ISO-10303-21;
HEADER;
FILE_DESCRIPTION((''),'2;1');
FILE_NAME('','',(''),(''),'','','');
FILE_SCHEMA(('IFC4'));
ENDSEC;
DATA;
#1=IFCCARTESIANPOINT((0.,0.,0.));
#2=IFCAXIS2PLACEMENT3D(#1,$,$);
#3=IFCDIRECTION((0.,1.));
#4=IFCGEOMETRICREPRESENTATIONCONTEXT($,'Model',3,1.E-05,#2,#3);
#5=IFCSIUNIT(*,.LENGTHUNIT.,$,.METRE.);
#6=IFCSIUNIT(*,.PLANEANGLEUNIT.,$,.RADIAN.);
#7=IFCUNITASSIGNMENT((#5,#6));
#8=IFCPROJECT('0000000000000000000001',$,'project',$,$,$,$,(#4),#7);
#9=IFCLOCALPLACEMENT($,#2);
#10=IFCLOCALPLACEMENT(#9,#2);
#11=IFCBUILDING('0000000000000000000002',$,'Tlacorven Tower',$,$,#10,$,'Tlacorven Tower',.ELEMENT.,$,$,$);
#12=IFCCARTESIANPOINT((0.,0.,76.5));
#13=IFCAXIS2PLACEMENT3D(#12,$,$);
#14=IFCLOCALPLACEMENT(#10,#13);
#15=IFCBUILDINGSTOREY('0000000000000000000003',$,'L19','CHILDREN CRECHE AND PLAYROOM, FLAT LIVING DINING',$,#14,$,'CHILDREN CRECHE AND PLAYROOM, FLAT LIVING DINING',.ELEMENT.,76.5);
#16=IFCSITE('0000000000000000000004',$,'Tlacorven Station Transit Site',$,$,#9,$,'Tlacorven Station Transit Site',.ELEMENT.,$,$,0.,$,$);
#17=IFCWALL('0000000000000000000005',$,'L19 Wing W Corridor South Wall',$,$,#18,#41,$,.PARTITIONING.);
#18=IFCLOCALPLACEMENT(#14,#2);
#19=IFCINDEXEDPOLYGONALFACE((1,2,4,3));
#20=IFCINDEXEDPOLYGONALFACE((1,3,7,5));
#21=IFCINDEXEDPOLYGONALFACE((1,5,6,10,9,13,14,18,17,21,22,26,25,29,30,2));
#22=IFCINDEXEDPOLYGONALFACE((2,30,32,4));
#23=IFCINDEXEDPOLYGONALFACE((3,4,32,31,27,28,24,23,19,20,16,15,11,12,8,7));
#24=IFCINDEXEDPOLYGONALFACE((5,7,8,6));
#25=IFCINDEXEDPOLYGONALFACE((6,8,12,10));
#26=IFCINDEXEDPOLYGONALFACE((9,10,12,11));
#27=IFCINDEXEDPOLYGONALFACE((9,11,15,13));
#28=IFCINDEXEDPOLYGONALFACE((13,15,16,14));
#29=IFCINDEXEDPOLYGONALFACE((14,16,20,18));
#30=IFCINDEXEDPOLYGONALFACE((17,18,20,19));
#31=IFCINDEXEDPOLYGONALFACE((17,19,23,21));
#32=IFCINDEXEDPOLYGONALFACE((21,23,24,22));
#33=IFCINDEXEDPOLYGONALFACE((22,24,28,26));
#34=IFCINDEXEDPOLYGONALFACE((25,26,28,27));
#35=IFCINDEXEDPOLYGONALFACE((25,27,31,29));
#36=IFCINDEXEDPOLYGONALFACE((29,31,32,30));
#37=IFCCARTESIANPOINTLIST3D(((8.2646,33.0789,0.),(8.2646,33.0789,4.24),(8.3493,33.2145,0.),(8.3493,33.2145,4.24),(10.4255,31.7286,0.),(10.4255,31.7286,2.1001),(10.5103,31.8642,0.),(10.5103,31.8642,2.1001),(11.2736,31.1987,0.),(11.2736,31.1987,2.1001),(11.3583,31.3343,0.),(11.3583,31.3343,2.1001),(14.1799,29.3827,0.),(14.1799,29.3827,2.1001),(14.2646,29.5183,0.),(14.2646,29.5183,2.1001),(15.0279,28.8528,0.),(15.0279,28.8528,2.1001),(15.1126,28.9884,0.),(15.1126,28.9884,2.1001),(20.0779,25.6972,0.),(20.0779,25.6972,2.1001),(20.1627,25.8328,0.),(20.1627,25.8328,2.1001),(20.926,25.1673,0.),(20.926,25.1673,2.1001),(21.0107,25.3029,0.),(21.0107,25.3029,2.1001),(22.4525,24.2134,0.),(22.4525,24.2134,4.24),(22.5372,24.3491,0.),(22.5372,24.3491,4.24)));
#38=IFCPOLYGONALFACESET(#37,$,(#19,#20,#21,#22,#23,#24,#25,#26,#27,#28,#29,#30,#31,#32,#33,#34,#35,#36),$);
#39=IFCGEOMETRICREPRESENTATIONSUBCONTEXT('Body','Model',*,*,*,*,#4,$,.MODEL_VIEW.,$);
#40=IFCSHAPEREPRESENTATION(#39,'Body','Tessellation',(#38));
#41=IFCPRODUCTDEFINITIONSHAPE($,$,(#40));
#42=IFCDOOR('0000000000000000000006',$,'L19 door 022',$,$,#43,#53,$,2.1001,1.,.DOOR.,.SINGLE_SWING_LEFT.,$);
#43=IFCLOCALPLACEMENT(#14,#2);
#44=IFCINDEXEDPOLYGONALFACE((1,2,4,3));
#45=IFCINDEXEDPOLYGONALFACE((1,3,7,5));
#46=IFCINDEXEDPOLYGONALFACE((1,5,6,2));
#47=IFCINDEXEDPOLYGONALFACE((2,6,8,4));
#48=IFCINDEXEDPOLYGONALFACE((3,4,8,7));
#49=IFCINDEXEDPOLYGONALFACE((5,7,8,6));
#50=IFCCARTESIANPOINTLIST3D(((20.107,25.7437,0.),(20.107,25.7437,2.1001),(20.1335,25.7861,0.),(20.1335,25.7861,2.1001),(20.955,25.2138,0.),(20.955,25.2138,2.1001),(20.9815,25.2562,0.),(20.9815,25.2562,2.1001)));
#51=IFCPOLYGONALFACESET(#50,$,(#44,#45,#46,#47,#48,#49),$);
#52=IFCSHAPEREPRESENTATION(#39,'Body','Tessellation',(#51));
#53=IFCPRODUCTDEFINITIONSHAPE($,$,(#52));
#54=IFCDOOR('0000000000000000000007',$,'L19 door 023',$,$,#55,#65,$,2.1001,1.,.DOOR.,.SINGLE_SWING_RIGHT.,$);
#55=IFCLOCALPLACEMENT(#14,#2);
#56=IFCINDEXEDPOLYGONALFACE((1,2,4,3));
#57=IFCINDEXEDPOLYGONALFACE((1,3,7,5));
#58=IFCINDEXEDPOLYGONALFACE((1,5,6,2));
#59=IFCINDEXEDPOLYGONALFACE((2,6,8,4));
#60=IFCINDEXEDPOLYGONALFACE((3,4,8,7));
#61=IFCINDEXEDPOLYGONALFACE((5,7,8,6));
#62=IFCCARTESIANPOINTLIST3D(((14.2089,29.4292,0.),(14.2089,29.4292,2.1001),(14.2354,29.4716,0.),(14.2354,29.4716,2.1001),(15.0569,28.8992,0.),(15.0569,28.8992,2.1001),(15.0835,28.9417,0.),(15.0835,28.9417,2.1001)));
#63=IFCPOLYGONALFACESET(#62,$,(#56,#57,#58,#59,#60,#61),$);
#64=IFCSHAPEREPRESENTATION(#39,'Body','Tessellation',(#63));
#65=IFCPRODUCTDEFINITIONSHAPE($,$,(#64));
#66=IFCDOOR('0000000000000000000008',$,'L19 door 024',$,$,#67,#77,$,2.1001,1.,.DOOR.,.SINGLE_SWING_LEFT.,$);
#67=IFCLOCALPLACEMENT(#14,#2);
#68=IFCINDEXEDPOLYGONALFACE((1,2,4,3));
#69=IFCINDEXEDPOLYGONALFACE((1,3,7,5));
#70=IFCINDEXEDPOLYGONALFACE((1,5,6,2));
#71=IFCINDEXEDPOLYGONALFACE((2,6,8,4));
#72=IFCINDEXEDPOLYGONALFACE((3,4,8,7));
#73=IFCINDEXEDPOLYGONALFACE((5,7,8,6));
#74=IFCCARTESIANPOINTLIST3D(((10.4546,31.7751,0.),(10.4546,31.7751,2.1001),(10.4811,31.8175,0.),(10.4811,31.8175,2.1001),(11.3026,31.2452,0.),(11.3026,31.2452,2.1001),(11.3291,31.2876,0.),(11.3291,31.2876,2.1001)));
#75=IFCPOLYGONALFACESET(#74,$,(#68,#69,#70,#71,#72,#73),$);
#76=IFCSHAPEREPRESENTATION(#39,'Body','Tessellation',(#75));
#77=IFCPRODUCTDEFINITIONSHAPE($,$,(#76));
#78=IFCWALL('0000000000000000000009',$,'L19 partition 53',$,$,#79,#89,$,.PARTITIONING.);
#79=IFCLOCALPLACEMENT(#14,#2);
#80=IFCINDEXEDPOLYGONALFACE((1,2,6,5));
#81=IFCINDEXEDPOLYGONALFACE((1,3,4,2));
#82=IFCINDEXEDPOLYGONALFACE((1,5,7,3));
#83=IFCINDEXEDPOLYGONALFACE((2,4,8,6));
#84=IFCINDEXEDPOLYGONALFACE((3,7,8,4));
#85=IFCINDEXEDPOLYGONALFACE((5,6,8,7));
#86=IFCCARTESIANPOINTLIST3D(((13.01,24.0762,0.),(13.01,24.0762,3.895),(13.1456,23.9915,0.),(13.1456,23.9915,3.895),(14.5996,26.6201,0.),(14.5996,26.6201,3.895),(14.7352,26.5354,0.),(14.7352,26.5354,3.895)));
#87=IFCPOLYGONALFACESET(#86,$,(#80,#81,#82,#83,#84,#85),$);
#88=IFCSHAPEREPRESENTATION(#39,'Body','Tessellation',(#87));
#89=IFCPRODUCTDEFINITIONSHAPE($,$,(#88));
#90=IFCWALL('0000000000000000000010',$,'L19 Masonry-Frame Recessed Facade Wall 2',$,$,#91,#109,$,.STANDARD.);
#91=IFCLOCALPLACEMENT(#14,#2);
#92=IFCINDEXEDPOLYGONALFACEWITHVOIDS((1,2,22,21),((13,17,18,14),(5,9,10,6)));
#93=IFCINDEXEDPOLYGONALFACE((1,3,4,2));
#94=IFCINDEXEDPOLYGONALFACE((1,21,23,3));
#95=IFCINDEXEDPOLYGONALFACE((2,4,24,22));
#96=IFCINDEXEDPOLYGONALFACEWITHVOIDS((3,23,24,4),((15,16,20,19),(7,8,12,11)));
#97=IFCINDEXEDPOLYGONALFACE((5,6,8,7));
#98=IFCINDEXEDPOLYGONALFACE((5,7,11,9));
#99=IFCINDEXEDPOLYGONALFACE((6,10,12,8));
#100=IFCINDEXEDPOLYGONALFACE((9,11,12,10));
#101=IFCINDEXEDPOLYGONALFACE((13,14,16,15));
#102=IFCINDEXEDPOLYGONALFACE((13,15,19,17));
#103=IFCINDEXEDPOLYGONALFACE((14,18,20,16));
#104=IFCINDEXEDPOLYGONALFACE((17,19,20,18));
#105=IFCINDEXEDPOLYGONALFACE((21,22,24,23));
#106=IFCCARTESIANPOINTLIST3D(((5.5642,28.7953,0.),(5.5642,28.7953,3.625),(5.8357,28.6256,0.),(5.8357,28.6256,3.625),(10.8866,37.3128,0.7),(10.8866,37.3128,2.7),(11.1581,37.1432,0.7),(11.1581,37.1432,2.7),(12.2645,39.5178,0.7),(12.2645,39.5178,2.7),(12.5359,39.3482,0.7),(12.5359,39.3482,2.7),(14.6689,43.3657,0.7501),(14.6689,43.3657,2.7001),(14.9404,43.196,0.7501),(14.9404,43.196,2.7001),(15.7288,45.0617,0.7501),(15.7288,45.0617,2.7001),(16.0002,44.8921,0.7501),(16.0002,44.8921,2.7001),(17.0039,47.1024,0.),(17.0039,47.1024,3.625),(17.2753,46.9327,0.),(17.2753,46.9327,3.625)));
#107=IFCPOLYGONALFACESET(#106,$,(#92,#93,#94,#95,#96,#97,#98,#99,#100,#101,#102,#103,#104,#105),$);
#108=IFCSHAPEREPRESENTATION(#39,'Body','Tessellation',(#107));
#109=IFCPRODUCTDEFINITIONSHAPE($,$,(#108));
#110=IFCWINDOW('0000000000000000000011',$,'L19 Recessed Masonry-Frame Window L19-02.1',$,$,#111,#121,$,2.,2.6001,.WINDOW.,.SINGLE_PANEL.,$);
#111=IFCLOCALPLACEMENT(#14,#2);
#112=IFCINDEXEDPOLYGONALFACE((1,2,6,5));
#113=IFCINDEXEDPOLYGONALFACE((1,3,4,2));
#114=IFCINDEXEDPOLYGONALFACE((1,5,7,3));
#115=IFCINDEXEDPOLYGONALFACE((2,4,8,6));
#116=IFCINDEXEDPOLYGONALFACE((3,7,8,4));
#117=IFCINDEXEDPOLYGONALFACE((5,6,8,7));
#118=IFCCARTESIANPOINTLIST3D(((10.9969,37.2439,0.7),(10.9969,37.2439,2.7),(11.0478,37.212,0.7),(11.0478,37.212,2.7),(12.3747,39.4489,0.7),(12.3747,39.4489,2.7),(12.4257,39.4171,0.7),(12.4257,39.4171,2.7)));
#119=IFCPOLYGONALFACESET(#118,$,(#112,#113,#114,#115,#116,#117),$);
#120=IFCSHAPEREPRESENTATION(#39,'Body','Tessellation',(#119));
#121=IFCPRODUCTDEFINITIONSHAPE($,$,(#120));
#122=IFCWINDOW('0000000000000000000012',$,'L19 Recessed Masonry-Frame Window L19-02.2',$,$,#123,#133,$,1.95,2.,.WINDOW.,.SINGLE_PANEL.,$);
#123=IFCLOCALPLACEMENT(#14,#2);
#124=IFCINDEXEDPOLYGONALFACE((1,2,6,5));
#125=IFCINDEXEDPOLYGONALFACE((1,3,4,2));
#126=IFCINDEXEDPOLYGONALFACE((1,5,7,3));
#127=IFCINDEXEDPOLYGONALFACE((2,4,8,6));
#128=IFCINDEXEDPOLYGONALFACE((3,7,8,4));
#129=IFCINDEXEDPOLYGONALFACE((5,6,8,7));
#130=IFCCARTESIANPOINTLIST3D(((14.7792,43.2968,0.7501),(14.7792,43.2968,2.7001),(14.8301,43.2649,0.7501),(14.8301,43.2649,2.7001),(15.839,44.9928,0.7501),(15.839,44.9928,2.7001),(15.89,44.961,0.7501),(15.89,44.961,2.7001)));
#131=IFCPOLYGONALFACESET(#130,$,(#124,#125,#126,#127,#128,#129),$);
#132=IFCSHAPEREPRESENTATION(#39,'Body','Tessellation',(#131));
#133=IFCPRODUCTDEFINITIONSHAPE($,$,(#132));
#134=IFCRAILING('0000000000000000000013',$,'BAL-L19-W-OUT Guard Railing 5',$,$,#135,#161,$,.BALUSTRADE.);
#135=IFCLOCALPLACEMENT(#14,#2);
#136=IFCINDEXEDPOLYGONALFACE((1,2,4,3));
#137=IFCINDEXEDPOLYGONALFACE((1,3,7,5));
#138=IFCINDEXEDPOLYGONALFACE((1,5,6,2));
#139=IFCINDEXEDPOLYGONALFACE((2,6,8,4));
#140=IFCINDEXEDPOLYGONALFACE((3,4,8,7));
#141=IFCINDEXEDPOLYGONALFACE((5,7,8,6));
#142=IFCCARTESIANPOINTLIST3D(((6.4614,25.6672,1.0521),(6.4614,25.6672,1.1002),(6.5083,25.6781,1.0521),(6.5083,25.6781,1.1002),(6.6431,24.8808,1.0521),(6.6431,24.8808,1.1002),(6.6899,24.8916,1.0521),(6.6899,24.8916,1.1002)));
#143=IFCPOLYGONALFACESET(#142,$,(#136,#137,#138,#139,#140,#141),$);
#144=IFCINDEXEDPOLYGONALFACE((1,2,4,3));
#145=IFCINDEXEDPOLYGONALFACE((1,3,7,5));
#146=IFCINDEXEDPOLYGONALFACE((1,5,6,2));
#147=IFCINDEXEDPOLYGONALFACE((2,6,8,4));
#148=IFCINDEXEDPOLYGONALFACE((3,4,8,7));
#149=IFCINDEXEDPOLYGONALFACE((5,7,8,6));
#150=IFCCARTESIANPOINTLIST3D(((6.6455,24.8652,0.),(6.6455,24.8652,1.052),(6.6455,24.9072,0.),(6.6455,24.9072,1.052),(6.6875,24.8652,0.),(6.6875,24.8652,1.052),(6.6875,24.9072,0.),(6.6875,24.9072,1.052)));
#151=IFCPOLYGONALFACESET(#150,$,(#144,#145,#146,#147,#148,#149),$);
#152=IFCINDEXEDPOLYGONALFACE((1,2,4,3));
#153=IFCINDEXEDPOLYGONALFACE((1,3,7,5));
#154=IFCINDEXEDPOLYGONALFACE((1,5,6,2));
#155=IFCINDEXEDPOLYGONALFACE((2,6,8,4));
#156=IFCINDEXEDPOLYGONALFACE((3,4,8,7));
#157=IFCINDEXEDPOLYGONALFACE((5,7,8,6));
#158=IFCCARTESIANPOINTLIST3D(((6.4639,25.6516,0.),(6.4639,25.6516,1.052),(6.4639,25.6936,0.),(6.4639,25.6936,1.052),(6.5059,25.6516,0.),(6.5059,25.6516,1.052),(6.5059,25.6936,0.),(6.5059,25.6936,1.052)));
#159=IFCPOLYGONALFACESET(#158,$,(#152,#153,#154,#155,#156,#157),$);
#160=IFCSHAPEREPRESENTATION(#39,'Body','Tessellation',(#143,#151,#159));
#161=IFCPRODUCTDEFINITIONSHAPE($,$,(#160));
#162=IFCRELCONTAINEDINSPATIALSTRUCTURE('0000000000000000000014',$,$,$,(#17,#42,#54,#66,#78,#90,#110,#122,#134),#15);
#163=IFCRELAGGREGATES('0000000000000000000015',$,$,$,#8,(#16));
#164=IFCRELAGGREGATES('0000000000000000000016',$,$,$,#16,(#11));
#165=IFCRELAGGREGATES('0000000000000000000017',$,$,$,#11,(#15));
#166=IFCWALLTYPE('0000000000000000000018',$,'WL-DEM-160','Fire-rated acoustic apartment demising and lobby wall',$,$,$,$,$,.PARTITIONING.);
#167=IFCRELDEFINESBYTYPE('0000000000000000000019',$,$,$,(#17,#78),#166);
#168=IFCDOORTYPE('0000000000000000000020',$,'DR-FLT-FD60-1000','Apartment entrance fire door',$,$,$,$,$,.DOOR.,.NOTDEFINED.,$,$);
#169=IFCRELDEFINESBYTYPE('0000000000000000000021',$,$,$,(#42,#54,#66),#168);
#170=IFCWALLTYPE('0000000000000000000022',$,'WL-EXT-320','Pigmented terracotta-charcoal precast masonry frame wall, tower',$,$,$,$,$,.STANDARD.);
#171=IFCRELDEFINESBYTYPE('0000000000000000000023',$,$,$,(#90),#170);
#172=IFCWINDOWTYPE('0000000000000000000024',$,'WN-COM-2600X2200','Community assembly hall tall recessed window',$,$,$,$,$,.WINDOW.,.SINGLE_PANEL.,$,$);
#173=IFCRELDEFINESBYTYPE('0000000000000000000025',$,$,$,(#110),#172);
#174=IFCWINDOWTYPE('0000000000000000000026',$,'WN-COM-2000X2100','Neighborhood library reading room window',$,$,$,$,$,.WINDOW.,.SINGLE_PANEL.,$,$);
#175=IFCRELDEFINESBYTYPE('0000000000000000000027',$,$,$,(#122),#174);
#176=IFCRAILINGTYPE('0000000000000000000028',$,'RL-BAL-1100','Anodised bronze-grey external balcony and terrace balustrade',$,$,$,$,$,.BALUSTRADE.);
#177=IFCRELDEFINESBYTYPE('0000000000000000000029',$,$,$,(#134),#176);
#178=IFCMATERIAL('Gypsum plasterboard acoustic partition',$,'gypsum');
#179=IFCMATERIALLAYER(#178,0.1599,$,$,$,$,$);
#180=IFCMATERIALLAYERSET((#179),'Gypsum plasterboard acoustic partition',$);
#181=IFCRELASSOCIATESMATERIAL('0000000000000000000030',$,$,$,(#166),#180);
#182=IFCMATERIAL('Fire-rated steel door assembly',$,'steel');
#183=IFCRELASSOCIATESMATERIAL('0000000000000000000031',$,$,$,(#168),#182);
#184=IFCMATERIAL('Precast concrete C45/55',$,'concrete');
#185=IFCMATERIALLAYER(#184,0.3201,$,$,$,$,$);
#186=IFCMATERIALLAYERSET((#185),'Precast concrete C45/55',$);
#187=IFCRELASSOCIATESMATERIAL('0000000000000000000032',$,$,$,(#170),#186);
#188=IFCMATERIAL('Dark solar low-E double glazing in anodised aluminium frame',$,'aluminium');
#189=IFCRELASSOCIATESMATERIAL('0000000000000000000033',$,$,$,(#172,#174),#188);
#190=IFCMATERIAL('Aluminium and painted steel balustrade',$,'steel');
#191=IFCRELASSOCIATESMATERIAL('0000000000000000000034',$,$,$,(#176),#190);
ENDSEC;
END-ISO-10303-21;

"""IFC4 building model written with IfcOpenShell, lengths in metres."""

from ifc_helpers import new_model, si_unit, direction, frame, frame_2d, origin, origin_2d, place, context, subcontext, project, spatial, rectangle, extrude, source, transform, mapped, material, layer, layer_set, type_object, element, fill, save


model = new_model("IFC4")

# Units and contexts
model_context = context("Model", 3, precision=1e-05, world=origin(), true_north=direction((0.0, 1.0)))
body_context = subcontext(model_context, "Body", "Model", "MODEL_VIEW")
ifc_project = project(units=[si_unit("LENGTHUNIT", "METRE"), si_unit("PLANEANGLEUNIT", "RADIAN")], contexts=[model_context])

# Site, building, storey
site_placement = place(None, origin())
site = spatial("IfcSite", under=ifc_project, at=site_placement, Name="Tlacorven Station Transit Site", LongName="Tlacorven Station Transit Site", CompositionType="ELEMENT", RefElevation=0.0)
building_placement = place(site_placement, origin())
building = spatial("IfcBuilding", under=site, at=building_placement, Name="Tlacorven Tower", LongName="Tlacorven Tower", CompositionType="ELEMENT")
storey_placement = place(building_placement, frame((0.0, 0.0, 76.5)))
storey = spatial("IfcBuildingStorey", under=building, at=storey_placement, Name="L19", Description="CHILDREN CRECHE AND PLAYROOM, FLAT LIVING DINING", LongName="CHILDREN CRECHE AND PLAYROOM, FLAT LIVING DINING", CompositionType="ELEMENT", Elevation=76.5)

# Wall, openings, doors
ifc_material_1 = material(Name="Gypsum plasterboard acoustic partition", Category="gypsum")
ifc_layer_1 = layer(ifc_material_1, 0.1599)
ifc_layer_set_1 = layer_set([ifc_layer_1], Name="Gypsum plasterboard acoustic partition")
wall_type_1 = type_object("IfcWallType", Name="WL-DEM-160", Description="Fire-rated acoustic apartment demising and lobby wall", PredefinedType="PARTITIONING", material=ifc_layer_set_1)
wall_1_placement = place(storey_placement, frame((22.4949, 24.2812, 0.0), z_axis=(0.0, 0.0, 1.0), x_axis=(-0.848052, 0.529912, 0.0)))
wall_1 = element("IfcWall", 1, at=wall_1_placement, inside=storey, type_object=wall_type_1, Name="L19 Wing W Corridor South Wall", PredefinedType="PARTITIONING", context=body_context, shape_type="SweptSolid", body=[
    extrude(rectangle(XDim=16.73, YDim=0.1599, at=frame_2d((8.365, 0.0))), origin(), (0.0, 0.0, 1.0), 4.24),
])
opening_1_placement = place(wall_1_placement, frame((1.8, 0.0, 0.0)))
opening_1 = element("IfcOpeningElement", 2, at=opening_1_placement, cuts=wall_1, PredefinedType="OPENING", context=body_context, shape_type="SweptSolid", body=[
    extrude(rectangle(XDim=1.0, YDim=2.1001, at=frame_2d((0.5, 1.05))), frame((0.0, 0.0898, 0.0), z_axis=(0.0, -1.0, 0.0), x_axis=(1.0, 0.0, 0.0)), (0.0, 0.0, 1.0), 0.1799),
])
opening_2_placement = place(wall_1_placement, frame((8.7549, 0.0, 0.0)))
opening_2 = element("IfcOpeningElement", 3, at=opening_2_placement, cuts=wall_1, PredefinedType="OPENING", context=body_context, shape_type="SweptSolid", body=[
    extrude(rectangle(XDim=1.0, YDim=2.1001, at=frame_2d((0.5, 1.05))), frame((0.0, 0.0898, 0.0), z_axis=(0.0, -1.0, 0.0), x_axis=(1.0, 0.0, 0.0)), (0.0, 0.0, 1.0), 0.1799),
])
opening_3_placement = place(wall_1_placement, frame((13.1819, 0.0, 0.0)))
opening_3 = element("IfcOpeningElement", 4, at=opening_3_placement, cuts=wall_1, PredefinedType="OPENING", context=body_context, shape_type="SweptSolid", body=[
    extrude(rectangle(XDim=1.0, YDim=2.1001, at=frame_2d((0.5, 1.05))), frame((0.0, 0.0898, 0.0), z_axis=(0.0, -1.0, 0.0), x_axis=(1.0, 0.0, 0.0)), (0.0, 0.0, 1.0), 0.1799),
])
ifc_material_2 = material(Name="Fire-rated steel door assembly", Category="steel")
door_type = type_object("IfcDoorType", Name="DR-FLT-FD60-1000", Description="Apartment entrance fire door", OperationType="NOTDEFINED", PredefinedType="DOOR", material=ifc_material_2)
shared_shape_1 = source(origin(), body_context, "Body", "SweptSolid", [
    extrude(rectangle(XDim=1.0, YDim=2.1001, at=frame_2d((0.5, 1.05))), frame((0.0, 0.0249, 0.0), z_axis=(0.0, -1.0, 0.0), x_axis=(1.0, 0.0, 0.0)), (0.0, 0.0, 1.0), 0.05),
])
door_1_placement = place(opening_1_placement, frame((1.0, 0.0, 0.0), z_axis=(0.0, 0.0, 1.0), x_axis=(-1.0, 0.0, 0.0)))
door_1 = element("IfcDoor", 5, at=door_1_placement, inside=storey, type_object=door_type, Name="L19 door 022", OperationType="SINGLE_SWING_LEFT", OverallHeight=2.1001, OverallWidth=1.0, PredefinedType="DOOR", context=body_context, shape_type="MappedRepresentation", body=[
    mapped(shared_shape_1, transform((0.0, 0.0, 0.0), scale=1.0)),
])
fill(opening_1, door_1)
door_2_placement = place(opening_2_placement, frame((1.0, 0.0, 0.0), z_axis=(0.0, 0.0, 1.0), x_axis=(-1.0, 0.0, 0.0)))
door_2 = element("IfcDoor", 6, at=door_2_placement, inside=storey, type_object=door_type, Name="L19 door 023", OperationType="SINGLE_SWING_RIGHT", OverallHeight=2.1001, OverallWidth=1.0, PredefinedType="DOOR", context=body_context, shape_type="MappedRepresentation", body=[
    mapped(shared_shape_1, transform((0.0, 0.0, 0.0), scale=1.0)),
])
fill(opening_2, door_2)
door_3_placement = place(opening_3_placement, frame((1.0, 0.0, 0.0), z_axis=(0.0, 0.0, 1.0), x_axis=(-1.0, 0.0, 0.0)))
door_3 = element("IfcDoor", 7, at=door_3_placement, inside=storey, type_object=door_type, Name="L19 door 024", OperationType="SINGLE_SWING_LEFT", OverallHeight=2.1001, OverallWidth=1.0, PredefinedType="DOOR", context=body_context, shape_type="MappedRepresentation", body=[
    mapped(shared_shape_1, transform((0.0, 0.0, 0.0), scale=1.0)),
])
fill(opening_3, door_3)

# Wall
wall_2_placement = place(storey_placement, frame((14.6675, 26.5779, 0.0), z_axis=(0.0, 0.0, 1.0), x_axis=(-0.529911, -0.848053, 0.0)))
element("IfcWall", 8, at=wall_2_placement, inside=storey, type_object=wall_type_1, Name="L19 partition 53", PredefinedType="PARTITIONING", context=body_context, shape_type="SweptSolid", body=[
    extrude(rectangle(XDim=2.9998, YDim=0.1599, at=frame_2d((1.5, 0.0))), origin(), (0.0, 0.0, 1.0), 3.895),
])

# Wall, openings, windows
ifc_material_3 = material(Name="Precast concrete C45/55", Category="concrete")
ifc_layer_2 = layer(ifc_material_3, 0.3201)
ifc_layer_set_2 = layer_set([ifc_layer_2], Name="Precast concrete C45/55")
wall_type_2 = type_object("IfcWallType", Name="WL-EXT-320", Description="Pigmented terracotta-charcoal precast masonry frame wall, tower", PredefinedType="STANDARD", material=ifc_layer_set_2)
wall_3_placement = place(storey_placement, frame((5.7, 28.7104, 0.0), z_axis=(0.0, 0.0, 1.0), x_axis=(0.529924, 0.848045, 0.0)))
wall_3 = element("IfcWall", 9, at=wall_3_placement, inside=storey, type_object=wall_type_2, Name="L19 Masonry-Frame Recessed Facade Wall 2", PredefinedType="STANDARD", context=body_context, shape_type="SweptSolid", body=[
    extrude(rectangle(XDim=21.5874, YDim=0.3201, at=frame_2d((10.7937, 0.0))), origin(), (0.0, 0.0, 1.0), 3.625),
])
opening_4_placement = place(wall_3_placement, frame((10.0437, 0.0, 0.7)))
opening_4 = element("IfcOpeningElement", 10, at=opening_4_placement, cuts=wall_3, PredefinedType="OPENING", context=body_context, shape_type="SweptSolid", body=[
    extrude(rectangle(XDim=2.6001, YDim=2.0, at=frame_2d((1.3, 1.0))), frame((0.0, 0.1699, 0.0), z_axis=(0.0, -1.0, 0.0), x_axis=(1.0, 0.0, 0.0)), (0.0, 0.0, 1.0), 0.3401),
])
opening_5_placement = place(wall_3_placement, frame((17.1812, 0.0, 0.75)))
opening_5 = element("IfcOpeningElement", 11, at=opening_5_placement, cuts=wall_3, PredefinedType="OPENING", context=body_context, shape_type="SweptSolid", body=[
    extrude(rectangle(XDim=2.0, YDim=1.95, at=frame_2d((1.0, 0.9751))), frame((0.0, 0.1699, 0.0), z_axis=(0.0, -1.0, 0.0), x_axis=(1.0, 0.0, 0.0)), (0.0, 0.0, 1.0), 0.3401),
])
ifc_material_4 = material(Name="Dark solar low-E double glazing in anodised aluminium frame", Category="aluminium")
window_type_1 = type_object("IfcWindowType", Name="WN-COM-2600X2200", Description="Community assembly hall tall recessed window", PartitioningType="SINGLE_PANEL", PredefinedType="WINDOW", material=ifc_material_4)
shared_shape_2 = source(origin(), body_context, "Body", "SweptSolid", [
    extrude(rectangle(XDim=2.6001, YDim=2.0, at=frame_2d((1.3, 1.0))), frame((0.0, 0.03, 0.0), z_axis=(0.0, -1.0, 0.0), x_axis=(1.0, 0.0, 0.0)), (0.0, 0.0, 1.0), 0.0601),
])
window_1_placement = place(opening_4_placement, origin())
window_1 = element("IfcWindow", 12, at=window_1_placement, inside=storey, type_object=window_type_1, Name="L19 Recessed Masonry-Frame Window L19-02.1", OverallHeight=2.0, OverallWidth=2.6001, PartitioningType="SINGLE_PANEL", PredefinedType="WINDOW", context=body_context, shape_type="MappedRepresentation", body=[
    mapped(shared_shape_2, transform((0.0, 0.0, 0.0), scale=1.0)),
])
fill(opening_4, window_1)
window_type_2 = type_object("IfcWindowType", Name="WN-COM-2000X2100", Description="Neighborhood library reading room window", PartitioningType="SINGLE_PANEL", PredefinedType="WINDOW", material=ifc_material_4)
shared_shape_3 = source(origin(), body_context, "Body", "SweptSolid", [
    extrude(rectangle(XDim=2.0, YDim=1.95, at=frame_2d((1.0, 0.9751))), frame((0.0, 0.03, 0.0), z_axis=(0.0, -1.0, 0.0), x_axis=(1.0, 0.0, 0.0)), (0.0, 0.0, 1.0), 0.0601),
])
window_2_placement = place(opening_5_placement, origin())
window_2 = element("IfcWindow", 13, at=window_2_placement, inside=storey, type_object=window_type_2, Name="L19 Recessed Masonry-Frame Window L19-02.2", OverallHeight=1.95, OverallWidth=2.0, PartitioningType="SINGLE_PANEL", PredefinedType="WINDOW", context=body_context, shape_type="MappedRepresentation", body=[
    mapped(shared_shape_3, transform((0.0, 0.0, 0.0), scale=1.0)),
])
fill(opening_5, window_2)

# Railing
ifc_material_5 = material(Name="Aluminium and painted steel balustrade", Category="steel")
railing_type = type_object("IfcRailingType", Name="RL-BAL-1100", Description="Anodised bronze-grey external balcony and terrace balustrade", PredefinedType="BALUSTRADE", material=ifc_material_5)
shared_shape_4 = source(origin(), body_context, "Body", "SweptSolid", [
    extrude(rectangle(XDim=0.0481, YDim=0.0481, at=origin_2d()), frame((0.0, 0.0, 1.0762), z_axis=(-0.225058, 0.974345, 0.0), x_axis=(-0.974345, -0.225058, 0.0)), (0.0, 0.0, 1.0), 0.8071),
    extrude(rectangle(XDim=0.042, YDim=0.042, at=origin_2d()), origin(), (0.0, 0.0, 1.0), 1.052),
    extrude(rectangle(XDim=0.042, YDim=0.042, at=origin_2d()), frame((-0.1816, 0.7864, 0.0)), (0.0, 0.0, 1.0), 1.052),
])
railing_1_placement = place(storey_placement, frame((6.6665, 24.8862, 0.0)))
element("IfcRailing", 14, at=railing_1_placement, inside=storey, type_object=railing_type, Name="BAL-L19-W-OUT Guard Railing 5", PredefinedType="BALUSTRADE", context=body_context, shape_type="MappedRepresentation", body=[
    mapped(shared_shape_4, transform((0.0, 0.0, 0.0), scale=1.0)),
])

save(model, "model.ifc")
